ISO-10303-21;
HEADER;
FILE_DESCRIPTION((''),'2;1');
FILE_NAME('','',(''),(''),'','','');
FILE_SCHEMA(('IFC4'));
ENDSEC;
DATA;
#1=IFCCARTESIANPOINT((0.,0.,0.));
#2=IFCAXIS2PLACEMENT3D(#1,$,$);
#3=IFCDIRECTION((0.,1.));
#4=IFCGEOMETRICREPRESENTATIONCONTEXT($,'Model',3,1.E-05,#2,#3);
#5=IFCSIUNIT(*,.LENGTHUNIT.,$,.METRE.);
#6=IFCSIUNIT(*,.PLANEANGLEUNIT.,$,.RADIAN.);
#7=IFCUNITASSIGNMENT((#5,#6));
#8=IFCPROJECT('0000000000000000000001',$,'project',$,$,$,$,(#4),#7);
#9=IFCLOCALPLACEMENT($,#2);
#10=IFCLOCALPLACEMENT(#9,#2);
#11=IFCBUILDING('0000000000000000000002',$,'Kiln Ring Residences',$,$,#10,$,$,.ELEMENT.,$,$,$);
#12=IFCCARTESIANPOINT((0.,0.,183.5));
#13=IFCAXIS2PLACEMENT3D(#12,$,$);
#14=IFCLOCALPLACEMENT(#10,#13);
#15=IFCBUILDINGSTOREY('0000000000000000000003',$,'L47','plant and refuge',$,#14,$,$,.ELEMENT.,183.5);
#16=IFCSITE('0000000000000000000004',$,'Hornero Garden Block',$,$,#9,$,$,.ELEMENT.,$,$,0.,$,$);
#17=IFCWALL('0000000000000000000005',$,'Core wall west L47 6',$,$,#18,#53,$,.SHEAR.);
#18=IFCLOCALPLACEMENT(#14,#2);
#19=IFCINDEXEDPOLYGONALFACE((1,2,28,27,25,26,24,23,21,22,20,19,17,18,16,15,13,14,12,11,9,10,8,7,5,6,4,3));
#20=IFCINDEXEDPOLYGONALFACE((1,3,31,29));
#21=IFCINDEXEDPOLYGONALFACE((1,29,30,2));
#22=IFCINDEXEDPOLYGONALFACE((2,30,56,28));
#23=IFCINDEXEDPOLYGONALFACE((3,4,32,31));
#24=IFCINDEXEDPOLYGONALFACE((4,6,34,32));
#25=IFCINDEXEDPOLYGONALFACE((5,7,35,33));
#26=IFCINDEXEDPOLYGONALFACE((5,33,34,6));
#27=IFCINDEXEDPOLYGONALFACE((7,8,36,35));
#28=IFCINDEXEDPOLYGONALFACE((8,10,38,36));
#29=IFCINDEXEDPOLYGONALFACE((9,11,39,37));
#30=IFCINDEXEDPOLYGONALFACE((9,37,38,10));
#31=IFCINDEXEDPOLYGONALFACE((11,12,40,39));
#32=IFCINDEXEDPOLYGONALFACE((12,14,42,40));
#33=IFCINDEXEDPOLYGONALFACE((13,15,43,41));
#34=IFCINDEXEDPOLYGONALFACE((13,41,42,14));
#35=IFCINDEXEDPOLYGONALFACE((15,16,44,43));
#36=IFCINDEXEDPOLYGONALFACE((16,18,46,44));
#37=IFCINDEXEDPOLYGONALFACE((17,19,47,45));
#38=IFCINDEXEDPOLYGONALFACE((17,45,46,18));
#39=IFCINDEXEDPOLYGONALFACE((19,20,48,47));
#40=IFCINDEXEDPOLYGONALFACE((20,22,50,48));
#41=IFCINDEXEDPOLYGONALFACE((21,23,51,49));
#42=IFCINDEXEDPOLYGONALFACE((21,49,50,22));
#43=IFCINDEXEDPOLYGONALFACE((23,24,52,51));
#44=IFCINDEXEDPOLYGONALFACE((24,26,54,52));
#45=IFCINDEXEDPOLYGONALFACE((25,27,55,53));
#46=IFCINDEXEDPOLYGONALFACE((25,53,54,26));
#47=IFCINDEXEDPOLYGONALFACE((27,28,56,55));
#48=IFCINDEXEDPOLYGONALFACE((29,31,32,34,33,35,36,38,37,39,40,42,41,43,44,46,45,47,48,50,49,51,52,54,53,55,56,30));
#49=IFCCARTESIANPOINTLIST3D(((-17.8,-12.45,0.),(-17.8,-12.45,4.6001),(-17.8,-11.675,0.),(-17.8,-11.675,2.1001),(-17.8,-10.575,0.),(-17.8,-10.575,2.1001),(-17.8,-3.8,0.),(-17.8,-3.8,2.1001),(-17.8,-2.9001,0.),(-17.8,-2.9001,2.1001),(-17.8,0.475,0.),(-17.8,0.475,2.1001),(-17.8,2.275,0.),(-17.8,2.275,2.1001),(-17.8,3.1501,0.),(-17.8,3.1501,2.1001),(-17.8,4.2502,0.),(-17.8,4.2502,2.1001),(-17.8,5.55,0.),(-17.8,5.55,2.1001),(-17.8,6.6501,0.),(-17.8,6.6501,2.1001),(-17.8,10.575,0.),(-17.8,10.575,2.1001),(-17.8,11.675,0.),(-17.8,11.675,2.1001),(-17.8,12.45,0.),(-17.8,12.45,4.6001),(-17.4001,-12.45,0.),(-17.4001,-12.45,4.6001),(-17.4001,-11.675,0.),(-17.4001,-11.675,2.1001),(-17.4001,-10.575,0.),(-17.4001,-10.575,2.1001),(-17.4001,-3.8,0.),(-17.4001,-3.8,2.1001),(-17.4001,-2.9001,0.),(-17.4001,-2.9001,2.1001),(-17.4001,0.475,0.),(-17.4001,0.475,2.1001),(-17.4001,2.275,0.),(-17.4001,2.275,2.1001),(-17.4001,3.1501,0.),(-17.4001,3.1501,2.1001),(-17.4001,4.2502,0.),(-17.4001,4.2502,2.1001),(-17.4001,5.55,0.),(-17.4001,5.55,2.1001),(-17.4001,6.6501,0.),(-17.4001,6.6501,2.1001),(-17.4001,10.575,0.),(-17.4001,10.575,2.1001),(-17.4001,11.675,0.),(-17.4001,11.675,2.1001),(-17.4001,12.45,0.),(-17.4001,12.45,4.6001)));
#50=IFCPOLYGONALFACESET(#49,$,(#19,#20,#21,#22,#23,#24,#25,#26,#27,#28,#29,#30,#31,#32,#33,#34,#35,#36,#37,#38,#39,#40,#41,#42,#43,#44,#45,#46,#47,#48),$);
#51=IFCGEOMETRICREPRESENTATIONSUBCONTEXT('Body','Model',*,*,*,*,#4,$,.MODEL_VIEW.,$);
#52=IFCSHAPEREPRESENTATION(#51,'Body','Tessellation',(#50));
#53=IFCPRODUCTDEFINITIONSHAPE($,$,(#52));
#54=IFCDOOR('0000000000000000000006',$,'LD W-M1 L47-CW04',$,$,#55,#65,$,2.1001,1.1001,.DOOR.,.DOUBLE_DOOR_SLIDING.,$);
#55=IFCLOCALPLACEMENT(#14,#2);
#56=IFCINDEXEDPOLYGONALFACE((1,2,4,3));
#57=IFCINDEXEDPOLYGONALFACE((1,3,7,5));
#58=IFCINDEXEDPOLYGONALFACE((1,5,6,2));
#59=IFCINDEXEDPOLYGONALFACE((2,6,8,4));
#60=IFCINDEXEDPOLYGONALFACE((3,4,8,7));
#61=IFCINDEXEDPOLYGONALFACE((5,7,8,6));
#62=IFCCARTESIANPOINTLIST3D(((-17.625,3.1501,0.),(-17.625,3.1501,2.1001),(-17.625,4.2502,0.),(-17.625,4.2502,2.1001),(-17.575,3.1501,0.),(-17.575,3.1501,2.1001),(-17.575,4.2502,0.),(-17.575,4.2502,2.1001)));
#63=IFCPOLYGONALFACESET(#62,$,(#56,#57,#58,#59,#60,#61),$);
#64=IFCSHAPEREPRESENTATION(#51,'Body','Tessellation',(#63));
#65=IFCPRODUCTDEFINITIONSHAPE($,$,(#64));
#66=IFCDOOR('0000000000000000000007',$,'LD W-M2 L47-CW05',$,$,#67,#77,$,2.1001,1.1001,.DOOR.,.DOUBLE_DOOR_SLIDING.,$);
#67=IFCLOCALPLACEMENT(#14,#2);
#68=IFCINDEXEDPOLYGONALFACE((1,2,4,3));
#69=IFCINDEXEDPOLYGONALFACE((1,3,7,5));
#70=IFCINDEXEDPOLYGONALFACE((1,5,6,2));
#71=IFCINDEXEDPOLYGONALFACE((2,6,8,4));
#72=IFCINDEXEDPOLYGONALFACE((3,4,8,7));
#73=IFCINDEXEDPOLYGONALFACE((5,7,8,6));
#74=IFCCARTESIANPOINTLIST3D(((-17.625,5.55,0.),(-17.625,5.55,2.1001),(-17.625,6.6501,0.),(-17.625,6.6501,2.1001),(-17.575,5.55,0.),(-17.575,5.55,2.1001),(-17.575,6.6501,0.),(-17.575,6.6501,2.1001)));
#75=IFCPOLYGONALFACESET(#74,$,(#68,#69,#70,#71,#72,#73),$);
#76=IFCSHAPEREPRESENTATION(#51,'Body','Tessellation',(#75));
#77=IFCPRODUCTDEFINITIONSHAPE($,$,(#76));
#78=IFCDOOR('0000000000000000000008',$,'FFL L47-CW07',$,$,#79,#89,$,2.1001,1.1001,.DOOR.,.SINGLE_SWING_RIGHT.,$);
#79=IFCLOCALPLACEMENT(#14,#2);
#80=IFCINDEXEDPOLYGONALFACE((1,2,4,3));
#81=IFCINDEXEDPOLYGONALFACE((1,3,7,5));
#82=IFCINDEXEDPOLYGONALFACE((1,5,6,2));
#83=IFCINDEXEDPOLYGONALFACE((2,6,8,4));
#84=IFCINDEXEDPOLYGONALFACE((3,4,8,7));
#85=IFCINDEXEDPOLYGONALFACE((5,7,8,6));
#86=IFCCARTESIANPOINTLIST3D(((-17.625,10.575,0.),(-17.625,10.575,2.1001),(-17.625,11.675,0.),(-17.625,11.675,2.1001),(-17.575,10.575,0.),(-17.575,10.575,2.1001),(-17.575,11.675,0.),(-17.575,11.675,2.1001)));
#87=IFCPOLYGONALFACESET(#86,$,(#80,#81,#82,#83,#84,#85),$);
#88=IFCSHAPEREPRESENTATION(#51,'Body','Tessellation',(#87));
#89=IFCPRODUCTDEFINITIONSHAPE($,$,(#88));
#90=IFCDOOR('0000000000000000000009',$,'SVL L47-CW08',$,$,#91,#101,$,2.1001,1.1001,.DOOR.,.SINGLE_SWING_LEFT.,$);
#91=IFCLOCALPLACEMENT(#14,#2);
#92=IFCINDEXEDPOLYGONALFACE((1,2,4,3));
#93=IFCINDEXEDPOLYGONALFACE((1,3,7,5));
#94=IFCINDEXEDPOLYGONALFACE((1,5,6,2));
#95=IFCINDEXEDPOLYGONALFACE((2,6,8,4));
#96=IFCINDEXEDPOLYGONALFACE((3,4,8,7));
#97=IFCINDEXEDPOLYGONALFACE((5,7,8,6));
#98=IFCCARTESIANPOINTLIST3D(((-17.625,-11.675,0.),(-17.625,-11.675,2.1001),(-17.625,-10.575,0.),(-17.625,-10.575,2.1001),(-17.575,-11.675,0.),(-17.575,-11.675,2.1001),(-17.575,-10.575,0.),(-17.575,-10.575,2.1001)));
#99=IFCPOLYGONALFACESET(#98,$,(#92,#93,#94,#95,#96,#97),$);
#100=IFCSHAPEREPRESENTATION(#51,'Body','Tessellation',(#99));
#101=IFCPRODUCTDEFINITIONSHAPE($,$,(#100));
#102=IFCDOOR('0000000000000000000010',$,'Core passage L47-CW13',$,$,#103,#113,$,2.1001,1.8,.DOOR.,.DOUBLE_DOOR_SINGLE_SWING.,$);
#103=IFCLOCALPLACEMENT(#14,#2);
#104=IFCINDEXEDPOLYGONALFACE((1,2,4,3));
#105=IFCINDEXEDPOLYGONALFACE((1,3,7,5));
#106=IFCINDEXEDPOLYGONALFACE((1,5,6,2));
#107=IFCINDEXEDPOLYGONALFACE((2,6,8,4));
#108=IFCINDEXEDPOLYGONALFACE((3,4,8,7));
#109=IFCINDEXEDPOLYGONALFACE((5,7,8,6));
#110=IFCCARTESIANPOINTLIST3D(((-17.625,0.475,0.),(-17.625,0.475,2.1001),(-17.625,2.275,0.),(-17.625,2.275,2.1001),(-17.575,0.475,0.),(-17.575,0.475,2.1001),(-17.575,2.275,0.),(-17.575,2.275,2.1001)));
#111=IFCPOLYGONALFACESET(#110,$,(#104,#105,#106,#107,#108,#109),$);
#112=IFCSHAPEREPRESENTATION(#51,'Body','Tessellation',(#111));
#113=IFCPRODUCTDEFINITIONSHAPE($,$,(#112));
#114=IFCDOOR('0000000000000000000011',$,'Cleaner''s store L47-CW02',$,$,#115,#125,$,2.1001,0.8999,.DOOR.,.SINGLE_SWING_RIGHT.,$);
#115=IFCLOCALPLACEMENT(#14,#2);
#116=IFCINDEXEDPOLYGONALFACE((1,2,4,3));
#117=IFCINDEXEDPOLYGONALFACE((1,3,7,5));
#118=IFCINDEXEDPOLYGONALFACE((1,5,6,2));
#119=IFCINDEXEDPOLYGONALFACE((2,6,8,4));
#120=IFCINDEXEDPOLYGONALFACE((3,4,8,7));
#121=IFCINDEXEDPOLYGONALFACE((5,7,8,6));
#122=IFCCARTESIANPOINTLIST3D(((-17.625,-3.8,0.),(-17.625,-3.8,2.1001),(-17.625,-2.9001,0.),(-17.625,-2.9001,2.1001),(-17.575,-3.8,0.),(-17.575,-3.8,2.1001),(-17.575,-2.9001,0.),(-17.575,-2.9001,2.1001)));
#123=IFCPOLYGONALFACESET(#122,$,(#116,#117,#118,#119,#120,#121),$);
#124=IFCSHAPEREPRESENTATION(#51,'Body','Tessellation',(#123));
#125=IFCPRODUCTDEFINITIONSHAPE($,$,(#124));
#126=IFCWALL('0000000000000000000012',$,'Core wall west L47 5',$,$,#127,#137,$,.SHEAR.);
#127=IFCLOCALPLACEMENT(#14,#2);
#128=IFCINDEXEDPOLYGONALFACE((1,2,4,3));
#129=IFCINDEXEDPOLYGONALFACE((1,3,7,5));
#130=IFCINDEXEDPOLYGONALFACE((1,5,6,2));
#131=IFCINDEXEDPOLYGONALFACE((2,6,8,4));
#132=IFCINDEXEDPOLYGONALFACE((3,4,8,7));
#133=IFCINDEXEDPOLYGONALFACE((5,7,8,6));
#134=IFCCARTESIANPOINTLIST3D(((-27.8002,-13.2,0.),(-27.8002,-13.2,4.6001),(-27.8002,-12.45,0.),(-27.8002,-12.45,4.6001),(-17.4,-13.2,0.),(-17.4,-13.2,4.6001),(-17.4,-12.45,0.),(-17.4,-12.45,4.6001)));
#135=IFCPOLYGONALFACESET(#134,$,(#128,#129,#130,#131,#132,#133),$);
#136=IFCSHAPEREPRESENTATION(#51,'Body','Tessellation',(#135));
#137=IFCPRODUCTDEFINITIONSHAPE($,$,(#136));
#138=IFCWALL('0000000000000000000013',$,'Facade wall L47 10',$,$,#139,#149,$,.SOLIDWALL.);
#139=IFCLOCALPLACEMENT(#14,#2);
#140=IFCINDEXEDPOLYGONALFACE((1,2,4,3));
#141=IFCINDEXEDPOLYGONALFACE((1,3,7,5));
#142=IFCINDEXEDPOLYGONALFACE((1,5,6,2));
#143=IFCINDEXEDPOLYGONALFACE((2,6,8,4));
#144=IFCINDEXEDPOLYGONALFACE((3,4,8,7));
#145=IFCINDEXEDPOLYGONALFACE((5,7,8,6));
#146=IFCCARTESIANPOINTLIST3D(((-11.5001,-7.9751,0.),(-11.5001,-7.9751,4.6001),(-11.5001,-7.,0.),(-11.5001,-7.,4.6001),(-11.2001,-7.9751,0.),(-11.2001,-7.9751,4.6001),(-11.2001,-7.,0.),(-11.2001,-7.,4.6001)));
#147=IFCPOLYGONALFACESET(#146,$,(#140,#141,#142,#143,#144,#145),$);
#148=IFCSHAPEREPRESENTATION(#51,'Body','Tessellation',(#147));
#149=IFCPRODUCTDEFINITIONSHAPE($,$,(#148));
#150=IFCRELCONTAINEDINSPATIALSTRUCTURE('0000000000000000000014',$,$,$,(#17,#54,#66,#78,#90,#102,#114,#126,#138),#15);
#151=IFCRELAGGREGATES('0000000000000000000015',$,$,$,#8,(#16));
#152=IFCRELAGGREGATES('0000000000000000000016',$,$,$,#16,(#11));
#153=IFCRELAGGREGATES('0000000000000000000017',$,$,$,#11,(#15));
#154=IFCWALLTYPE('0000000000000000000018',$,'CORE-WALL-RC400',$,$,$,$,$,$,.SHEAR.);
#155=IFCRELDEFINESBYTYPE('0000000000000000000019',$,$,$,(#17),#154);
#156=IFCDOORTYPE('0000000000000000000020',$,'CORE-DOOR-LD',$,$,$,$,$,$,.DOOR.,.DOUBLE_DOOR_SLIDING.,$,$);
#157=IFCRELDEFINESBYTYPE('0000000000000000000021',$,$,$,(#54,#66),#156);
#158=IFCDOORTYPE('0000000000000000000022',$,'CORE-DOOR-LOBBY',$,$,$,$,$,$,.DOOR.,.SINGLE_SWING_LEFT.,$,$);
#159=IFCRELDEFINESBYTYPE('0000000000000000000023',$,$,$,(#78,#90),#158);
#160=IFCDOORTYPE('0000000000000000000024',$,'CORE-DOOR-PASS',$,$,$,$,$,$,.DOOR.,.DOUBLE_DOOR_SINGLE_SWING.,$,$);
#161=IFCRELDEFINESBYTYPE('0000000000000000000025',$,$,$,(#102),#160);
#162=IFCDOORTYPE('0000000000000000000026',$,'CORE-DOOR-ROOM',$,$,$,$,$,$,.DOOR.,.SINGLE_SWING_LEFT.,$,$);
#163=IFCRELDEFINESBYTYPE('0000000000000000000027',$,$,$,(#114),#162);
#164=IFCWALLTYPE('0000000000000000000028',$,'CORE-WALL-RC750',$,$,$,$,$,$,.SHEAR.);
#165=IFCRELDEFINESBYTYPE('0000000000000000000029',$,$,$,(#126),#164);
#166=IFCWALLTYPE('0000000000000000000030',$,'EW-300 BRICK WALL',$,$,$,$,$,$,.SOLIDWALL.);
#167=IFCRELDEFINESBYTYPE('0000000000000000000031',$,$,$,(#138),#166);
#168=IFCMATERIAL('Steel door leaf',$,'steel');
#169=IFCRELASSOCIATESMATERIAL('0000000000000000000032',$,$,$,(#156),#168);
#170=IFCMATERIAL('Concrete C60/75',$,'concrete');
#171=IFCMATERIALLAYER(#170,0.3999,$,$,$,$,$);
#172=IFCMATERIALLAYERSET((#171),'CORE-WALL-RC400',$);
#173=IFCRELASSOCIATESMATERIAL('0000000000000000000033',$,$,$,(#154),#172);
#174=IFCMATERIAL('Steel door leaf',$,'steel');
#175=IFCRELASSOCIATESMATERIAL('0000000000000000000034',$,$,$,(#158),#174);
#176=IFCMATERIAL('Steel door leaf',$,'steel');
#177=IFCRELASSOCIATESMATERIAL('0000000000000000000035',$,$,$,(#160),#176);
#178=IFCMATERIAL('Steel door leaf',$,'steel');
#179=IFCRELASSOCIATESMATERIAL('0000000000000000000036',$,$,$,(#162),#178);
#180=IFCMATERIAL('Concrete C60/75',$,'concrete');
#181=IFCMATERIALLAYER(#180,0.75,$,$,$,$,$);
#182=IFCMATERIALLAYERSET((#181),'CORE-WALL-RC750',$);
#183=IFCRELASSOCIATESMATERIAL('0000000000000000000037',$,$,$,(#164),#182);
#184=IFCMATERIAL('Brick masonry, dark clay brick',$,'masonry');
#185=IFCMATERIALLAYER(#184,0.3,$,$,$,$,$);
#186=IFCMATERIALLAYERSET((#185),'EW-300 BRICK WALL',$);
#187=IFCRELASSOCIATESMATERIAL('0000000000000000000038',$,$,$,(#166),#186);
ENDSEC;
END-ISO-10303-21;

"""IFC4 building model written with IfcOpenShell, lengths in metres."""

from ifc_helpers import new_model, si_unit, direction, frame, frame_2d, origin, place, context, subcontext, project, spatial, rectangle, extrude, material, layer, layer_set, type_object, element, fill, save


model = new_model("IFC4")

# Units and contexts
model_context = context("Model", 3, precision=1e-05, world=origin(), true_north=direction((0.0, 1.0)))
body_context = subcontext(model_context, "Body", "Model", "MODEL_VIEW")
ifc_project = project(units=[si_unit("LENGTHUNIT", "METRE"), si_unit("PLANEANGLEUNIT", "RADIAN")], contexts=[model_context])

# Site, building, storey
site_placement = place(None, origin())
site = spatial("IfcSite", under=ifc_project, at=site_placement, Name="Hornero Garden Block", CompositionType="ELEMENT", RefElevation=0.0)
building_placement = place(site_placement, origin())
building = spatial("IfcBuilding", under=site, at=building_placement, Name="Kiln Ring Residences", CompositionType="ELEMENT")
storey_placement = place(building_placement, frame((0.0, 0.0, 183.5)))
storey = spatial("IfcBuildingStorey", under=building, at=storey_placement, Name="L47", Description="plant and refuge", CompositionType="ELEMENT", Elevation=183.5)

# Shared definitions
ifc_material_1 = material(Name="Steel door leaf", Category="steel")
door_type_1 = type_object("IfcDoorType", Name="CORE-DOOR-LD", OperationType="DOUBLE_DOOR_SLIDING", PredefinedType="DOOR", material=ifc_material_1)

# Wall, openings, doors
ifc_material_2 = material(Name="Concrete C60/75", Category="concrete")
ifc_layer_1 = layer(ifc_material_2, 0.3999)
ifc_layer_set_1 = layer_set([ifc_layer_1], Name="CORE-WALL-RC400")
wall_type_1 = type_object("IfcWallType", Name="CORE-WALL-RC400", PredefinedType="SHEAR", material=ifc_layer_set_1)
wall_1_placement = place(storey_placement, frame((-17.6001, -12.45, 0.0), z_axis=(0.0, 0.0, 1.0), x_axis=(0.0, 1.0, 0.0)))
wall_1 = element("IfcWall", 1, at=wall_1_placement, inside=storey, type_object=wall_type_1, Name="Core wall west L47 6", PredefinedType="SHEAR", context=body_context, shape_type="SweptSolid", body=[
    extrude(rectangle(XDim=24.8999, YDim=0.3999, at=frame_2d((12.45, 0.0))), origin(), (0.0, 0.0, 1.0), 4.6001),
])
opening_1_placement = place(wall_1_placement, frame((8.6499, 0.0, 0.0)))
opening_1 = element("IfcOpeningElement", 2, at=opening_1_placement, cuts=wall_1, PredefinedType="OPENING", context=body_context, shape_type="SweptSolid", body=[
    extrude(rectangle(XDim=0.8999, YDim=2.1001, at=frame_2d((0.45, 1.05))), frame((0.0, 0.21, 0.0), z_axis=(0.0, -1.0, 0.0), x_axis=(1.0, 0.0, 0.0)), (0.0, 0.0, 1.0), 0.4199),
])
opening_2_placement = place(wall_1_placement, frame((15.6001, 0.0, 0.0)))
opening_2 = element("IfcOpeningElement", 3, at=opening_2_placement, cuts=wall_1, PredefinedType="OPENING", context=body_context, shape_type="SweptSolid", body=[
    extrude(rectangle(XDim=1.1001, YDim=2.1001, at=frame_2d((0.55, 1.05))), frame((0.0, 0.21, 0.0), z_axis=(0.0, -1.0, 0.0), x_axis=(1.0, 0.0, 0.0)), (0.0, 0.0, 1.0), 0.4199),
])
opening_3_placement = place(wall_1_placement, frame((18.0, 0.0, 0.0)))
opening_3 = element("IfcOpeningElement", 4, at=opening_3_placement, cuts=wall_1, PredefinedType="OPENING", context=body_context, shape_type="SweptSolid", body=[
    extrude(rectangle(XDim=1.1001, YDim=2.1001, at=frame_2d((0.55, 1.05))), frame((0.0, 0.21, 0.0), z_axis=(0.0, -1.0, 0.0), x_axis=(1.0, 0.0, 0.0)), (0.0, 0.0, 1.0), 0.4199),
])
opening_4_placement = place(wall_1_placement, frame((23.0249, 0.0, 0.0)))
opening_4 = element("IfcOpeningElement", 5, at=opening_4_placement, cuts=wall_1, PredefinedType="OPENING", context=body_context, shape_type="SweptSolid", body=[
    extrude(rectangle(XDim=1.1001, YDim=2.1001, at=frame_2d((0.55, 1.05))), frame((0.0, 0.21, 0.0), z_axis=(0.0, -1.0, 0.0), x_axis=(1.0, 0.0, 0.0)), (0.0, 0.0, 1.0), 0.4199),
])
opening_5_placement = place(wall_1_placement, frame((0.7749, 0.0, 0.0)))
opening_5 = element("IfcOpeningElement", 6, at=opening_5_placement, cuts=wall_1, PredefinedType="OPENING", context=body_context, shape_type="SweptSolid", body=[
    extrude(rectangle(XDim=1.1001, YDim=2.1001, at=frame_2d((0.55, 1.05))), frame((0.0, 0.21, 0.0), z_axis=(0.0, -1.0, 0.0), x_axis=(1.0, 0.0, 0.0)), (0.0, 0.0, 1.0), 0.4199),
])
opening_6_placement = place(wall_1_placement, frame((12.925, 0.0, 0.0)))
opening_6 = element("IfcOpeningElement", 7, at=opening_6_placement, cuts=wall_1, PredefinedType="OPENING", context=body_context, shape_type="SweptSolid", body=[
    extrude(rectangle(XDim=1.8, YDim=2.1001, at=frame_2d((0.8999, 1.05))), frame((0.0, 0.21, 0.0), z_axis=(0.0, -1.0, 0.0), x_axis=(1.0, 0.0, 0.0)), (0.0, 0.0, 1.0), 0.4199),
])
door_1_placement = place(opening_2_placement, origin())
door_1 = element("IfcDoor", 8, at=door_1_placement, inside=storey, type_object=door_type_1, Name="LD W-M1 L47-CW04", OperationType="DOUBLE_DOOR_SLIDING", OverallHeight=2.1001, OverallWidth=1.1001, PredefinedType="DOOR", context=body_context, shape_type="SweptSolid", body=[
    extrude(rectangle(XDim=1.1001, YDim=2.1001, at=frame_2d((0.55, 1.05))), frame((0.0, 0.0249, 0.0), z_axis=(0.0, -1.0, 0.0), x_axis=(1.0, 0.0, 0.0)), (0.0, 0.0, 1.0), 0.05),
])
fill(opening_2, door_1)
door_2_placement = place(opening_3_placement, origin())
door_2 = element("IfcDoor", 9, at=door_2_placement, inside=storey, type_object=door_type_1, Name="LD W-M2 L47-CW05", OperationType="DOUBLE_DOOR_SLIDING", OverallHeight=2.1001, OverallWidth=1.1001, PredefinedType="DOOR", context=body_context, shape_type="SweptSolid", body=[
    extrude(rectangle(XDim=1.1001, YDim=2.1001, at=frame_2d((0.55, 1.05))), frame((0.0, 0.0249, 0.0), z_axis=(0.0, -1.0, 0.0), x_axis=(1.0, 0.0, 0.0)), (0.0, 0.0, 1.0), 0.05),
])
fill(opening_3, door_2)
ifc_material_3 = material(Name="Steel door leaf", Category="steel")
door_type_2 = type_object("IfcDoorType", Name="CORE-DOOR-LOBBY", OperationType="SINGLE_SWING_LEFT", PredefinedType="DOOR", material=ifc_material_3)
door_3_placement = place(opening_4_placement, origin())
door_3 = element("IfcDoor", 10, at=door_3_placement, inside=storey, type_object=door_type_2, Name="FFL L47-CW07", OperationType="SINGLE_SWING_RIGHT", OverallHeight=2.1001, OverallWidth=1.1001, PredefinedType="DOOR", context=body_context, shape_type="SweptSolid", body=[
    extrude(rectangle(XDim=1.1001, YDim=2.1001, at=frame_2d((0.55, 1.05))), frame((0.0, 0.0249, 0.0), z_axis=(0.0, -1.0, 0.0), x_axis=(1.0, 0.0, 0.0)), (0.0, 0.0, 1.0), 0.05),
])
fill(opening_4, door_3)
door_4_placement = place(opening_5_placement, origin())
door_4 = element("IfcDoor", 11, at=door_4_placement, inside=storey, type_object=door_type_2, Name="SVL L47-CW08", OperationType="SINGLE_SWING_LEFT", OverallHeight=2.1001, OverallWidth=1.1001, PredefinedType="DOOR", context=body_context, shape_type="SweptSolid", body=[
    extrude(rectangle(XDim=1.1001, YDim=2.1001, at=frame_2d((0.55, 1.05))), frame((0.0, 0.0249, 0.0), z_axis=(0.0, -1.0, 0.0), x_axis=(1.0, 0.0, 0.0)), (0.0, 0.0, 1.0), 0.05),
])
fill(opening_5, door_4)
ifc_material_4 = material(Name="Steel door leaf", Category="steel")
door_type_3 = type_object("IfcDoorType", Name="CORE-DOOR-PASS", OperationType="DOUBLE_DOOR_SINGLE_SWING", PredefinedType="DOOR", material=ifc_material_4)
door_5_placement = place(opening_6_placement, origin())
door_5 = element("IfcDoor", 12, at=door_5_placement, inside=storey, type_object=door_type_3, Name="Core passage L47-CW13", OperationType="DOUBLE_DOOR_SINGLE_SWING", OverallHeight=2.1001, OverallWidth=1.8, PredefinedType="DOOR", context=body_context, shape_type="SweptSolid", body=[
    extrude(rectangle(XDim=1.8, YDim=2.1001, at=frame_2d((0.8999, 1.05))), frame((0.0, 0.0249, 0.0), z_axis=(0.0, -1.0, 0.0), x_axis=(1.0, 0.0, 0.0)), (0.0, 0.0, 1.0), 0.05),
])
fill(opening_6, door_5)
ifc_material_5 = material(Name="Steel door leaf", Category="steel")
door_type_4 = type_object("IfcDoorType", Name="CORE-DOOR-ROOM", OperationType="SINGLE_SWING_LEFT", PredefinedType="DOOR", material=ifc_material_5)
door_6_placement = place(opening_1_placement, origin())
door_6 = element("IfcDoor", 13, at=door_6_placement, inside=storey, type_object=door_type_4, Name="Cleaner's store L47-CW02", OperationType="SINGLE_SWING_RIGHT", OverallHeight=2.1001, OverallWidth=0.8999, PredefinedType="DOOR", context=body_context, shape_type="SweptSolid", body=[
    extrude(rectangle(XDim=0.8999, YDim=2.1001, at=frame_2d((0.45, 1.05))), frame((0.0, 0.0249, 0.0), z_axis=(0.0, -1.0, 0.0), x_axis=(1.0, 0.0, 0.0)), (0.0, 0.0, 1.0), 0.05),
])
fill(opening_1, door_6)

# Walls
ifc_material_6 = material(Name="Concrete C60/75", Category="concrete")
ifc_layer_2 = layer(ifc_material_6, 0.75)
ifc_layer_set_2 = layer_set([ifc_layer_2], Name="CORE-WALL-RC750")
wall_type_2 = type_object("IfcWallType", Name="CORE-WALL-RC750", PredefinedType="SHEAR", material=ifc_layer_set_2)
wall_2_placement = place(storey_placement, frame((-17.3999, -12.825, 0.0), z_axis=(0.0, 0.0, 1.0), x_axis=(-1.0, 0.0, 0.0)))
element("IfcWall", 14, at=wall_2_placement, inside=storey, type_object=wall_type_2, Name="Core wall west L47 5", PredefinedType="SHEAR", context=body_context, shape_type="SweptSolid", body=[
    extrude(rectangle(XDim=10.4001, YDim=0.75, at=frame_2d((5.2002, 0.0))), origin(), (0.0, 0.0, 1.0), 4.6001),
])
ifc_material_7 = material(Name="Brick masonry, dark clay brick", Category="masonry")
ifc_layer_3 = layer(ifc_material_7, 0.3)
ifc_layer_set_3 = layer_set([ifc_layer_3], Name="EW-300 BRICK WALL")
wall_type_3 = type_object("IfcWallType", Name="EW-300 BRICK WALL", PredefinedType="SOLIDWALL", material=ifc_layer_set_3)
wall_3_placement = place(storey_placement, frame((-11.3501, -7.9751, 0.0), z_axis=(0.0, 0.0, 1.0), x_axis=(0.0, 1.0, 0.0)))
element("IfcWall", 15, at=wall_3_placement, inside=storey, type_object=wall_type_3, Name="Facade wall L47 10", PredefinedType="SOLIDWALL", context=body_context, shape_type="SweptSolid", body=[
    extrude(rectangle(XDim=0.9751, YDim=0.3, at=frame_2d((0.4875, 0.0))), origin(), (0.0, 0.0, 1.0), 4.6001),
])

save(model, "model.ifc")
